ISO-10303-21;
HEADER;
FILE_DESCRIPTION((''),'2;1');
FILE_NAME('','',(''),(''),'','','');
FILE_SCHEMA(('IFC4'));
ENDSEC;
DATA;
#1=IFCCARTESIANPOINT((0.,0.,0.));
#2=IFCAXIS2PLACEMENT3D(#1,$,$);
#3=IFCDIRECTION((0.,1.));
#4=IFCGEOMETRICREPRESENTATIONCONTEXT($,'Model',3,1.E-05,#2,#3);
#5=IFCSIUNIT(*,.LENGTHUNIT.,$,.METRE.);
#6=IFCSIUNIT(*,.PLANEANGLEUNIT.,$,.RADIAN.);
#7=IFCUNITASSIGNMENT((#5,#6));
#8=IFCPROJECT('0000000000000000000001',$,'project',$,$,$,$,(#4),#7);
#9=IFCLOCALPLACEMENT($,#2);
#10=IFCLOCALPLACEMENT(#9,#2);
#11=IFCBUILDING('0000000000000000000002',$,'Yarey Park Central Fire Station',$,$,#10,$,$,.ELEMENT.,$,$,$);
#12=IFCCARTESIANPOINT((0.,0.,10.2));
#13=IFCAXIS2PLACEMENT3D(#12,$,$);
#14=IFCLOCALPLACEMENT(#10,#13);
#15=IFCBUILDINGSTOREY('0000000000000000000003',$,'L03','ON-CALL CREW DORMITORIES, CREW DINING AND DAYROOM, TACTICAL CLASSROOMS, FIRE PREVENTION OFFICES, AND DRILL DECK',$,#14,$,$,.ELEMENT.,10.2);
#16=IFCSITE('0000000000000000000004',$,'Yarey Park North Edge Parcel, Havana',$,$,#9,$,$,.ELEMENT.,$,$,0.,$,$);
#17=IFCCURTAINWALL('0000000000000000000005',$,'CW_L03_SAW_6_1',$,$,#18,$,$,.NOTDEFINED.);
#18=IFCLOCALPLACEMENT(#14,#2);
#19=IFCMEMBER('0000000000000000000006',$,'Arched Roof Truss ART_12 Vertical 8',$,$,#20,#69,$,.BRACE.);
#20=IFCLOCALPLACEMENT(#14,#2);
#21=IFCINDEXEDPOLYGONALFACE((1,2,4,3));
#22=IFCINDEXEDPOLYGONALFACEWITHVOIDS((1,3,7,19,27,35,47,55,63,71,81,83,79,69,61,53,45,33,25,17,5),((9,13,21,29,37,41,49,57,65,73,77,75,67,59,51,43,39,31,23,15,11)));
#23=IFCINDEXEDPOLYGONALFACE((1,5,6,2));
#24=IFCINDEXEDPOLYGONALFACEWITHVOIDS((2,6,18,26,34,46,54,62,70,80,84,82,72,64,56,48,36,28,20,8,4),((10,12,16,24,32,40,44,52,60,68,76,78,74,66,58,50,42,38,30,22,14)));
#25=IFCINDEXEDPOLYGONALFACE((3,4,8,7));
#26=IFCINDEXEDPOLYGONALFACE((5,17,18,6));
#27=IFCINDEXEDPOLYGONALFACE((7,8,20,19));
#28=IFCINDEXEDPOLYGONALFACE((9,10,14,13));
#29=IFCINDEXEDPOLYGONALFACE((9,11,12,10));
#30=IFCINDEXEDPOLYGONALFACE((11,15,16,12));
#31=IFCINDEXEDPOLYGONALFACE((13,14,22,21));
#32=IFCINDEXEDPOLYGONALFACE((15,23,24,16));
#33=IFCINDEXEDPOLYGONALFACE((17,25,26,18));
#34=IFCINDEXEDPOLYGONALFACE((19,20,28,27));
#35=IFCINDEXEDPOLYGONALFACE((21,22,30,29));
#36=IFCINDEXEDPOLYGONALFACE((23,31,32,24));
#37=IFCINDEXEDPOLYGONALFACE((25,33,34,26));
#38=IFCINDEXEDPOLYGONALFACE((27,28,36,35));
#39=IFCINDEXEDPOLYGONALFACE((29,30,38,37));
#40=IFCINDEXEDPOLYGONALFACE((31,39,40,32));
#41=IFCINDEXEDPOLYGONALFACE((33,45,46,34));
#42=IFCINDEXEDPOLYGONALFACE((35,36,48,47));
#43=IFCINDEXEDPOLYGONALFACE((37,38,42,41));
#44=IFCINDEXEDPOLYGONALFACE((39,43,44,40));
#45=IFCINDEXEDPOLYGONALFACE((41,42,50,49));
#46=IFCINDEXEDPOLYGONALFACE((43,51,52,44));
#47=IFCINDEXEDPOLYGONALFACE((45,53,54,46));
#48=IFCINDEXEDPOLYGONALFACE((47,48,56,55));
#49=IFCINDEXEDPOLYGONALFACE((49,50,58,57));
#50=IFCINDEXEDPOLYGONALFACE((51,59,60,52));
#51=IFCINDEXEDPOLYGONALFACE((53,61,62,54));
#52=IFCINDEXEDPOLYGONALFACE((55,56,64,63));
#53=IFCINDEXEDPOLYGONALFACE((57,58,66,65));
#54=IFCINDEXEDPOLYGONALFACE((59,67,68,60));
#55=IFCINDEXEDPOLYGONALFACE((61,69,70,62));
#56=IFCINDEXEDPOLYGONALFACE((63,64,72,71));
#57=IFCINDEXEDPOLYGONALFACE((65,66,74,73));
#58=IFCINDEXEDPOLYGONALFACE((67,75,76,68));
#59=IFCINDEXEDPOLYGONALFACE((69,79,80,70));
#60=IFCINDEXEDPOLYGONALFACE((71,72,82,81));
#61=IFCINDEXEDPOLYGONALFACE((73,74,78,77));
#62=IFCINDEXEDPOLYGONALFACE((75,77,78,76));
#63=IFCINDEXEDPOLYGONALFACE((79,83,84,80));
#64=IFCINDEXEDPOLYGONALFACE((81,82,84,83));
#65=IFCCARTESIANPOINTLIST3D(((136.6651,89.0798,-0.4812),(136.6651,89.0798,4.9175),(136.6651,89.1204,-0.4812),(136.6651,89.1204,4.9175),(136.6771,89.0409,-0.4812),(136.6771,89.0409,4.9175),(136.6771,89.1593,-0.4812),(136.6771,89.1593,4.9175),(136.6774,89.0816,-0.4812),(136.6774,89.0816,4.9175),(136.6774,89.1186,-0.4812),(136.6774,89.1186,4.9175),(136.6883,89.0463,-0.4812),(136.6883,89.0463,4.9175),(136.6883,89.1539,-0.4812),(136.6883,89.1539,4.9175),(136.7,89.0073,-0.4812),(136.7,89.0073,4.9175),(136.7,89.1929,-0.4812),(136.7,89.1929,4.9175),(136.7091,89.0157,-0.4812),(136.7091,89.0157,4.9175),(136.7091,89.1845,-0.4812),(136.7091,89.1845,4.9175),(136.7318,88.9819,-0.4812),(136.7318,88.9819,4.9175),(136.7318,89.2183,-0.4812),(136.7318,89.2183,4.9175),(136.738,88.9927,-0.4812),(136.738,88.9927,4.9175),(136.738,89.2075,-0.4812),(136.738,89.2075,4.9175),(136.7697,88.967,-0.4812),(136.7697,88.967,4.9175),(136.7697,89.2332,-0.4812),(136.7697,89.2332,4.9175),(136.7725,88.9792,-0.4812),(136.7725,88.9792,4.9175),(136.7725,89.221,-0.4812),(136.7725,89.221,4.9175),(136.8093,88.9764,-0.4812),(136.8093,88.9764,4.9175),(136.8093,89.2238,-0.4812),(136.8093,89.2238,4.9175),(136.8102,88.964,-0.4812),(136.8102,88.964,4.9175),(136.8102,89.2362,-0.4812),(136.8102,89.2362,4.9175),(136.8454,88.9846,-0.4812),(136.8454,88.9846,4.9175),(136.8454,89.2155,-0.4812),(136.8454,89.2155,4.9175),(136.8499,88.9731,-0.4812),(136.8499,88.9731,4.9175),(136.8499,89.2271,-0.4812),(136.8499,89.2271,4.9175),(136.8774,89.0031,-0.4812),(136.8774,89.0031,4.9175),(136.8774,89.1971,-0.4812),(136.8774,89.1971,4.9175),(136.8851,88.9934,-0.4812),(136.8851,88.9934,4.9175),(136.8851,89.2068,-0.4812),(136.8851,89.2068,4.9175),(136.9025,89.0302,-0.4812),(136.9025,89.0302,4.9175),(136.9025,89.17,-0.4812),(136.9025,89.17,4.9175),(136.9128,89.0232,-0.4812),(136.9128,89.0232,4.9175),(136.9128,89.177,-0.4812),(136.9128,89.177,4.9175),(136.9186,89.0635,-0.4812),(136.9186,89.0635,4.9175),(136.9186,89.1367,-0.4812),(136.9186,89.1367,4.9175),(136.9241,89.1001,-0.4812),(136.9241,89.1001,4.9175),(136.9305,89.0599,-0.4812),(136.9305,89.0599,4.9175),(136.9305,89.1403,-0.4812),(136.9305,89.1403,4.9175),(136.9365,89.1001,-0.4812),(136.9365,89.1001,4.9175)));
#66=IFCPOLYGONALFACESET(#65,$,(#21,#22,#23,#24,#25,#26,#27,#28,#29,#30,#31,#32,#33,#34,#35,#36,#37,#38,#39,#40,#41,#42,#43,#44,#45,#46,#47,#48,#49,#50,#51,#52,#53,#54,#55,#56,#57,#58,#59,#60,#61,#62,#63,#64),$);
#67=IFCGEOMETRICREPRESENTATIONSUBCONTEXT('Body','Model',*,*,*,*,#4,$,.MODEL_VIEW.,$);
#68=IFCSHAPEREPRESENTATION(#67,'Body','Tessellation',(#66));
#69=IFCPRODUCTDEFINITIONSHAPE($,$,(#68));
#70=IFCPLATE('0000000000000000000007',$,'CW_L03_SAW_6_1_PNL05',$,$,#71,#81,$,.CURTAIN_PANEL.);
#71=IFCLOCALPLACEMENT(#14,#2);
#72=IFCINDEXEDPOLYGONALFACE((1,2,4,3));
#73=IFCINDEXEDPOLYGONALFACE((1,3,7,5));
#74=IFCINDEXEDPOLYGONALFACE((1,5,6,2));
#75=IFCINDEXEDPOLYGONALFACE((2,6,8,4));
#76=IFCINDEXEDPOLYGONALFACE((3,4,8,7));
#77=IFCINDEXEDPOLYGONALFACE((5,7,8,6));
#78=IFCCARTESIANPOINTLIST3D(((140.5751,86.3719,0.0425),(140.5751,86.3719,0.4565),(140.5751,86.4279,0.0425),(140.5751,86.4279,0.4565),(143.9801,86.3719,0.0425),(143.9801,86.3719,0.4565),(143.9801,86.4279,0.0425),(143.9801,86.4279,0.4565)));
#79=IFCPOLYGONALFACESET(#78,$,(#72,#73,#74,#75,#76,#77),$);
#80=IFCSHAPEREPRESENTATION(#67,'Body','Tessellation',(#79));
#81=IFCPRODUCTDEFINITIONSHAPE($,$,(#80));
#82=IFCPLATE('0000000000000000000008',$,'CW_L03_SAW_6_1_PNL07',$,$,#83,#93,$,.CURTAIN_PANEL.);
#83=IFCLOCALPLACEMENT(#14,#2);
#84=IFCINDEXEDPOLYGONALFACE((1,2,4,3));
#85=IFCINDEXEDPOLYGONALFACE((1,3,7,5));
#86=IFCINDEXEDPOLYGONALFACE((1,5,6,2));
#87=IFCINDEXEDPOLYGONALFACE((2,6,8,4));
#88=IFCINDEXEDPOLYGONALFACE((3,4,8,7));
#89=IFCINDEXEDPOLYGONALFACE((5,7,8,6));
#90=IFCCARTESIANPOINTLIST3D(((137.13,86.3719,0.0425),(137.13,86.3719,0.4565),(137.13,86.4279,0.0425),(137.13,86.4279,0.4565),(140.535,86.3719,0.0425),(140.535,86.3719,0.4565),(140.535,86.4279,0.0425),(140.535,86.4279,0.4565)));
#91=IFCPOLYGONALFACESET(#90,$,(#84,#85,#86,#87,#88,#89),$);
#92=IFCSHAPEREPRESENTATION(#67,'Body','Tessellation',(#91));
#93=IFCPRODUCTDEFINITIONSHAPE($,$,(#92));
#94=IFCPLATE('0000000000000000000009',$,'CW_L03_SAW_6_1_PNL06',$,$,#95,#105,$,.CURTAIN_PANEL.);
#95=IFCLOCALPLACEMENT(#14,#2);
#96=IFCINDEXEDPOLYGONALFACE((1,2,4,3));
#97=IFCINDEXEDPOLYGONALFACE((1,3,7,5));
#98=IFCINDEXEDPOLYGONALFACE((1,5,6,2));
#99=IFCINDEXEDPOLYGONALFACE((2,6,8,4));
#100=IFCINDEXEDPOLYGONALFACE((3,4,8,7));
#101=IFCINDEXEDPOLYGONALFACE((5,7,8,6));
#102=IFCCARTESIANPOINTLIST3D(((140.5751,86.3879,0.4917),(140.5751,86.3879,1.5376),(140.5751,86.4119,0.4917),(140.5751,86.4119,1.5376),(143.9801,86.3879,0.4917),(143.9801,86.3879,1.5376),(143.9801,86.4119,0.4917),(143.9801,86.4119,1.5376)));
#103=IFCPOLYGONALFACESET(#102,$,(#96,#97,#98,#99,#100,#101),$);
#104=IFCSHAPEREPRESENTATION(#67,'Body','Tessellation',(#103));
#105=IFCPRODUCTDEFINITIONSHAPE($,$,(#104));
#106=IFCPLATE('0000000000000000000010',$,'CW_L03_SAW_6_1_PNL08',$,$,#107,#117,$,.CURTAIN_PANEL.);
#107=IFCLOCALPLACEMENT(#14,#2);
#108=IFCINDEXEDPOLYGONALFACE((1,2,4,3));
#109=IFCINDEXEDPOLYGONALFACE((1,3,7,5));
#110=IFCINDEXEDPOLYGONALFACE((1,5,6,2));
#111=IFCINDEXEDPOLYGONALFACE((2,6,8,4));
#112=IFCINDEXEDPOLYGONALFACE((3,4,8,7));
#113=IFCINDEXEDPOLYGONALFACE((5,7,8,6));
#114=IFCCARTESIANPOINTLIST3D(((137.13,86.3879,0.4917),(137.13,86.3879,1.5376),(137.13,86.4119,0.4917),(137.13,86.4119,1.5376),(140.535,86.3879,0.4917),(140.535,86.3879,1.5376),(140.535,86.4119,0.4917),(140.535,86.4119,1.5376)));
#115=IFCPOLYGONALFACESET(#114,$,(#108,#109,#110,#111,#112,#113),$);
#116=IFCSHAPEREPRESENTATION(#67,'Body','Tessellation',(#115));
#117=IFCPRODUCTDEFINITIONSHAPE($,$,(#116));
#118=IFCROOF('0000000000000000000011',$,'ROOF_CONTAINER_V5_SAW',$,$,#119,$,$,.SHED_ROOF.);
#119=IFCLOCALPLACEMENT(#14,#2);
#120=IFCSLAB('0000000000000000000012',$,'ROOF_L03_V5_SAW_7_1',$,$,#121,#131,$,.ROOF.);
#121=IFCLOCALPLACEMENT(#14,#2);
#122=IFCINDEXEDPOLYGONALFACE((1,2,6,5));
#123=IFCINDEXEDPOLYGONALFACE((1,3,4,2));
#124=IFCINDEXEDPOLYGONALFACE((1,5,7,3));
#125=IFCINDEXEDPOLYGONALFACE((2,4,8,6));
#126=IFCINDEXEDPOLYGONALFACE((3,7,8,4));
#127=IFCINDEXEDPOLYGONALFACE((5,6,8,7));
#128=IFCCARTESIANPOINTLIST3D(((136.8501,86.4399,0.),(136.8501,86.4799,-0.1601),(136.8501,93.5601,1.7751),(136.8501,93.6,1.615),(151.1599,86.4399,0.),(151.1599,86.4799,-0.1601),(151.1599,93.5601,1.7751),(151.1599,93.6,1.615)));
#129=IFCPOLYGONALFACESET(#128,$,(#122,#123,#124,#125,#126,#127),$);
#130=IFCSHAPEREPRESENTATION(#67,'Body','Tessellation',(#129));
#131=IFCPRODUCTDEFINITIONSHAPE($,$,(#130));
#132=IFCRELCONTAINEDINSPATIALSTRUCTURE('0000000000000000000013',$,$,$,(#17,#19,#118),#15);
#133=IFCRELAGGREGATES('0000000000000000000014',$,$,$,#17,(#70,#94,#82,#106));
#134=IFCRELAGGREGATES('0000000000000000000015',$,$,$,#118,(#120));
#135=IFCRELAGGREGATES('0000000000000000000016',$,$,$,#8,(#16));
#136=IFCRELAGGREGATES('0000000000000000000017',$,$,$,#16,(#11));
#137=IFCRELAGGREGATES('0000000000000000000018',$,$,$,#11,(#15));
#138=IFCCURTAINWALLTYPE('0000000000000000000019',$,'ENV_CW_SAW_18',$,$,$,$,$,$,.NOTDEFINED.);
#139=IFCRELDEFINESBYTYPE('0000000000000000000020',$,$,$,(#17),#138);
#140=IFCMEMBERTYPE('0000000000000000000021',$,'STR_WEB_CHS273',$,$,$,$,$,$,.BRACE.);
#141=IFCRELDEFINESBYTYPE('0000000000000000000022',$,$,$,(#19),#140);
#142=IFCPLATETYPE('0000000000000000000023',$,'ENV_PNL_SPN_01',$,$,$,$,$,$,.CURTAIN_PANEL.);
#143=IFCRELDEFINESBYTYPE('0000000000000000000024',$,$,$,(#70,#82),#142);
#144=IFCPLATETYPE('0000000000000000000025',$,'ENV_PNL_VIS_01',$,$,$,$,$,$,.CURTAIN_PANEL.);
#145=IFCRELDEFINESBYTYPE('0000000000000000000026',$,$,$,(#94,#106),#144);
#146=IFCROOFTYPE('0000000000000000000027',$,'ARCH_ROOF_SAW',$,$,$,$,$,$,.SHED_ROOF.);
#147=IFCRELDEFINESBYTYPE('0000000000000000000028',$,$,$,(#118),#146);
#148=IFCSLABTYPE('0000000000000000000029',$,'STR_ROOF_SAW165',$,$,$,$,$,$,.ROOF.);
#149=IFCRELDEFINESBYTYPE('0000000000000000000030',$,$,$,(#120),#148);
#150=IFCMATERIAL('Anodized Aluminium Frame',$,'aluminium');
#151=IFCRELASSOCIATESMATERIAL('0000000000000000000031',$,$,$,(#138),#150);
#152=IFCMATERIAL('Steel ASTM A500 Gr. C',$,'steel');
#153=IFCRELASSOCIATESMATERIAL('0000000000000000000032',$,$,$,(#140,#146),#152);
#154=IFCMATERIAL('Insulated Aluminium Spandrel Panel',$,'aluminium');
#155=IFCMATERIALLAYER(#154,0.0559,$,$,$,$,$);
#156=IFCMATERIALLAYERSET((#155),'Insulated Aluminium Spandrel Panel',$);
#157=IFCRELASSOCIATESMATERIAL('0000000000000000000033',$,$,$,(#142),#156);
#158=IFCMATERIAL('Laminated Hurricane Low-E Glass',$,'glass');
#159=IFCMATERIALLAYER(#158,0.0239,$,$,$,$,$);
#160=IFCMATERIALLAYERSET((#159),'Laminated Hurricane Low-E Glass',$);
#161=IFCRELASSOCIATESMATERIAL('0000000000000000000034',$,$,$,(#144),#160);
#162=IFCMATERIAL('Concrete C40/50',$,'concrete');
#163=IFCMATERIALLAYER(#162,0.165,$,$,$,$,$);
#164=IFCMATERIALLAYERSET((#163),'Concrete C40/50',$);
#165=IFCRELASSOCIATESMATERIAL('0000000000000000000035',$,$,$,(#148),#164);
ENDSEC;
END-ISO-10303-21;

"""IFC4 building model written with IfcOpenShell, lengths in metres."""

from ifc_helpers import new_model, si_unit, direction, frame, origin, origin_2d, place, context, subcontext, project, spatial, polyline, rectangle, hollow_circle, outline, extrude, material, layer, layer_set, material_profile, profile_set, type_object, element, aggregate, save


model = new_model("IFC4")

# Units and contexts
model_context = context("Model", 3, precision=1e-05, world=origin(), true_north=direction((0.0, 1.0)))
body_context = subcontext(model_context, "Body", "Model", "MODEL_VIEW")
ifc_project = project(units=[si_unit("LENGTHUNIT", "METRE"), si_unit("PLANEANGLEUNIT", "RADIAN")], contexts=[model_context])

# Site, building, storey
site_placement = place(None, origin())
site = spatial("IfcSite", under=ifc_project, at=site_placement, Name="Yarey Park North Edge Parcel, Havana", CompositionType="ELEMENT", RefElevation=0.0)
building_placement = place(site_placement, origin())
building = spatial("IfcBuilding", under=site, at=building_placement, Name="Yarey Park Central Fire Station", CompositionType="ELEMENT")
storey_placement = place(building_placement, frame((0.0, 0.0, 10.2)))
storey = spatial("IfcBuildingStorey", under=building, at=storey_placement, Name="L03", Description="ON-CALL CREW DORMITORIES, CREW DINING AND DAYROOM, TACTICAL CLASSROOMS, FIRE PREVENTION OFFICES, AND DRILL DECK", CompositionType="ELEMENT", Elevation=10.2)

# Shared definitions
ifc_material_1 = material(Name="Concrete C40/50", Category="concrete")

# Curtain wall
ifc_material_2 = material(Name="Anodized Aluminium Frame", Category="aluminium")
curtain_wall_type_1 = type_object("IfcCurtainWallType", Name="ENV_CW_SAW_18", PredefinedType="NOTDEFINED", material=ifc_material_2)
curtain_wall_1_placement = place(storey_placement, origin())
curtain_wall_1 = element("IfcCurtainWall", 1, at=curtain_wall_1_placement, inside=storey, type_object=curtain_wall_type_1, Name="CW_L03_SAW_6_1", PredefinedType="NOTDEFINED")

# Shared definitions
ifc_material_3 = material(Name="Steel ASTM A500 Gr. C", Category="steel")

# Member
ifc_material_profile_1 = material_profile(ifc_material_3, hollow_circle(Radius=0.1365, WallThickness=0.0125, at=origin_2d()), Name="CHS 273x12.5")
ifc_profile_set_1 = profile_set([ifc_material_profile_1], Name="Steel ASTM A500 Gr. C")
member_type_1 = type_object("IfcMemberType", Name="STR_WEB_CHS273", PredefinedType="BRACE", material=ifc_profile_set_1)
member_1_placement = place(storey_placement, frame((136.8, 89.1001, -0.4812), z_axis=(0.0, 0.0, 1.0), x_axis=(1.0, 0.0, 0.0)))
element("IfcMember", 2, at=member_1_placement, inside=storey, type_object=member_type_1, Name="Arched Roof Truss ART_12 Vertical 8", PredefinedType="BRACE", context=body_context, shape_type="SweptSolid", body=[
    extrude(hollow_circle(Radius=0.1365, WallThickness=0.0125, at=origin_2d()), origin(), (0.0, 0.0, 1.0), 5.3987),
])

# Plates
ifc_material_4 = material(Name="Insulated Aluminium Spandrel Panel", Category="aluminium")
ifc_layer_1 = layer(ifc_material_4, 0.0559)
ifc_layer_set_1 = layer_set([ifc_layer_1], Name="Insulated Aluminium Spandrel Panel")
plate_type_1 = type_object("IfcPlateType", Name="ENV_PNL_SPN_01", PredefinedType="CURTAIN_PANEL", material=ifc_layer_set_1)
plate_1_placement = place(storey_placement, frame((142.2776, 86.3999, 0.0425), z_axis=(0.0, 0.0, 1.0), x_axis=(-1.0, 0.0, 0.0)))
plate_1 = element("IfcPlate", 3, at=plate_1_placement, type_object=plate_type_1, Name="CW_L03_SAW_6_1_PNL05", PredefinedType="CURTAIN_PANEL", context=body_context, shape_type="SweptSolid", body=[
    extrude(rectangle(XDim=3.405, YDim=0.0559, at=origin_2d()), origin(), (0.0, 0.0, 1.0), 0.4141),
])
plate_2_placement = place(storey_placement, frame((138.8325, 86.3999, 0.0425), z_axis=(0.0, 0.0, 1.0), x_axis=(-1.0, 0.0, 0.0)))
plate_2 = element("IfcPlate", 4, at=plate_2_placement, type_object=plate_type_1, Name="CW_L03_SAW_6_1_PNL07", PredefinedType="CURTAIN_PANEL", context=body_context, shape_type="SweptSolid", body=[
    extrude(rectangle(XDim=3.405, YDim=0.0559, at=origin_2d()), origin(), (0.0, 0.0, 1.0), 0.4141),
])
ifc_material_5 = material(Name="Laminated Hurricane Low-E Glass", Category="glass")
ifc_layer_2 = layer(ifc_material_5, 0.0239)
ifc_layer_set_2 = layer_set([ifc_layer_2], Name="Laminated Hurricane Low-E Glass")
plate_type_2 = type_object("IfcPlateType", Name="ENV_PNL_VIS_01", PredefinedType="CURTAIN_PANEL", material=ifc_layer_set_2)
plate_3_placement = place(storey_placement, frame((142.2776, 86.3999, 0.4917), z_axis=(0.0, 0.0, 1.0), x_axis=(-1.0, 0.0, 0.0)))
plate_3 = element("IfcPlate", 5, at=plate_3_placement, type_object=plate_type_2, Name="CW_L03_SAW_6_1_PNL06", PredefinedType="CURTAIN_PANEL", context=body_context, shape_type="SweptSolid", body=[
    extrude(rectangle(XDim=3.405, YDim=0.0239, at=origin_2d()), origin(), (0.0, 0.0, 1.0), 1.0459),
])
plate_4_placement = place(storey_placement, frame((138.8325, 86.3999, 0.4917), z_axis=(0.0, 0.0, 1.0), x_axis=(-1.0, 0.0, 0.0)))
plate_4 = element("IfcPlate", 6, at=plate_4_placement, type_object=plate_type_2, Name="CW_L03_SAW_6_1_PNL08", PredefinedType="CURTAIN_PANEL", context=body_context, shape_type="SweptSolid", body=[
    extrude(rectangle(XDim=3.405, YDim=0.0239, at=origin_2d()), origin(), (0.0, 0.0, 1.0), 1.0459),
])
aggregate(curtain_wall_1, [plate_1, plate_3, plate_2, plate_4])

# Roof, slab
roof_type = type_object("IfcRoofType", Name="ARCH_ROOF_SAW", PredefinedType="SHED_ROOF", material=ifc_material_3)
roof_placement = place(storey_placement, origin())
roof = element("IfcRoof", 7, at=roof_placement, inside=storey, type_object=roof_type, Name="ROOF_CONTAINER_V5_SAW", PredefinedType="SHED_ROOF")
ifc_layer_3 = layer(ifc_material_1, 0.165)
ifc_layer_set_3 = layer_set([ifc_layer_3], Name="Concrete C40/50")
slab_type = type_object("IfcSlabType", Name="STR_ROOF_SAW165", PredefinedType="ROOF", material=ifc_layer_set_3)
slab_placement = place(storey_placement, frame((136.8501, 86.4399, 0.0), z_axis=(0.0, -0.241909, 0.970299), x_axis=(1.0, 0.0, 0.0)))
slab = element("IfcSlab", 8, at=slab_placement, type_object=slab_type, Name="ROOF_L03_V5_SAW_7_1", PredefinedType="ROOF", context=body_context, shape_type="SweptSolid", body=[
    extrude(outline(polyline([(0.0, 0.0), (14.3098, 0.0), (14.3098, 7.3381), (0.0, 7.3381), (0.0, 0.0)])), origin(), (0.0, 0.0, -1.0), 0.165),
])
aggregate(roof, [slab])

save(model, "model.ifc")
